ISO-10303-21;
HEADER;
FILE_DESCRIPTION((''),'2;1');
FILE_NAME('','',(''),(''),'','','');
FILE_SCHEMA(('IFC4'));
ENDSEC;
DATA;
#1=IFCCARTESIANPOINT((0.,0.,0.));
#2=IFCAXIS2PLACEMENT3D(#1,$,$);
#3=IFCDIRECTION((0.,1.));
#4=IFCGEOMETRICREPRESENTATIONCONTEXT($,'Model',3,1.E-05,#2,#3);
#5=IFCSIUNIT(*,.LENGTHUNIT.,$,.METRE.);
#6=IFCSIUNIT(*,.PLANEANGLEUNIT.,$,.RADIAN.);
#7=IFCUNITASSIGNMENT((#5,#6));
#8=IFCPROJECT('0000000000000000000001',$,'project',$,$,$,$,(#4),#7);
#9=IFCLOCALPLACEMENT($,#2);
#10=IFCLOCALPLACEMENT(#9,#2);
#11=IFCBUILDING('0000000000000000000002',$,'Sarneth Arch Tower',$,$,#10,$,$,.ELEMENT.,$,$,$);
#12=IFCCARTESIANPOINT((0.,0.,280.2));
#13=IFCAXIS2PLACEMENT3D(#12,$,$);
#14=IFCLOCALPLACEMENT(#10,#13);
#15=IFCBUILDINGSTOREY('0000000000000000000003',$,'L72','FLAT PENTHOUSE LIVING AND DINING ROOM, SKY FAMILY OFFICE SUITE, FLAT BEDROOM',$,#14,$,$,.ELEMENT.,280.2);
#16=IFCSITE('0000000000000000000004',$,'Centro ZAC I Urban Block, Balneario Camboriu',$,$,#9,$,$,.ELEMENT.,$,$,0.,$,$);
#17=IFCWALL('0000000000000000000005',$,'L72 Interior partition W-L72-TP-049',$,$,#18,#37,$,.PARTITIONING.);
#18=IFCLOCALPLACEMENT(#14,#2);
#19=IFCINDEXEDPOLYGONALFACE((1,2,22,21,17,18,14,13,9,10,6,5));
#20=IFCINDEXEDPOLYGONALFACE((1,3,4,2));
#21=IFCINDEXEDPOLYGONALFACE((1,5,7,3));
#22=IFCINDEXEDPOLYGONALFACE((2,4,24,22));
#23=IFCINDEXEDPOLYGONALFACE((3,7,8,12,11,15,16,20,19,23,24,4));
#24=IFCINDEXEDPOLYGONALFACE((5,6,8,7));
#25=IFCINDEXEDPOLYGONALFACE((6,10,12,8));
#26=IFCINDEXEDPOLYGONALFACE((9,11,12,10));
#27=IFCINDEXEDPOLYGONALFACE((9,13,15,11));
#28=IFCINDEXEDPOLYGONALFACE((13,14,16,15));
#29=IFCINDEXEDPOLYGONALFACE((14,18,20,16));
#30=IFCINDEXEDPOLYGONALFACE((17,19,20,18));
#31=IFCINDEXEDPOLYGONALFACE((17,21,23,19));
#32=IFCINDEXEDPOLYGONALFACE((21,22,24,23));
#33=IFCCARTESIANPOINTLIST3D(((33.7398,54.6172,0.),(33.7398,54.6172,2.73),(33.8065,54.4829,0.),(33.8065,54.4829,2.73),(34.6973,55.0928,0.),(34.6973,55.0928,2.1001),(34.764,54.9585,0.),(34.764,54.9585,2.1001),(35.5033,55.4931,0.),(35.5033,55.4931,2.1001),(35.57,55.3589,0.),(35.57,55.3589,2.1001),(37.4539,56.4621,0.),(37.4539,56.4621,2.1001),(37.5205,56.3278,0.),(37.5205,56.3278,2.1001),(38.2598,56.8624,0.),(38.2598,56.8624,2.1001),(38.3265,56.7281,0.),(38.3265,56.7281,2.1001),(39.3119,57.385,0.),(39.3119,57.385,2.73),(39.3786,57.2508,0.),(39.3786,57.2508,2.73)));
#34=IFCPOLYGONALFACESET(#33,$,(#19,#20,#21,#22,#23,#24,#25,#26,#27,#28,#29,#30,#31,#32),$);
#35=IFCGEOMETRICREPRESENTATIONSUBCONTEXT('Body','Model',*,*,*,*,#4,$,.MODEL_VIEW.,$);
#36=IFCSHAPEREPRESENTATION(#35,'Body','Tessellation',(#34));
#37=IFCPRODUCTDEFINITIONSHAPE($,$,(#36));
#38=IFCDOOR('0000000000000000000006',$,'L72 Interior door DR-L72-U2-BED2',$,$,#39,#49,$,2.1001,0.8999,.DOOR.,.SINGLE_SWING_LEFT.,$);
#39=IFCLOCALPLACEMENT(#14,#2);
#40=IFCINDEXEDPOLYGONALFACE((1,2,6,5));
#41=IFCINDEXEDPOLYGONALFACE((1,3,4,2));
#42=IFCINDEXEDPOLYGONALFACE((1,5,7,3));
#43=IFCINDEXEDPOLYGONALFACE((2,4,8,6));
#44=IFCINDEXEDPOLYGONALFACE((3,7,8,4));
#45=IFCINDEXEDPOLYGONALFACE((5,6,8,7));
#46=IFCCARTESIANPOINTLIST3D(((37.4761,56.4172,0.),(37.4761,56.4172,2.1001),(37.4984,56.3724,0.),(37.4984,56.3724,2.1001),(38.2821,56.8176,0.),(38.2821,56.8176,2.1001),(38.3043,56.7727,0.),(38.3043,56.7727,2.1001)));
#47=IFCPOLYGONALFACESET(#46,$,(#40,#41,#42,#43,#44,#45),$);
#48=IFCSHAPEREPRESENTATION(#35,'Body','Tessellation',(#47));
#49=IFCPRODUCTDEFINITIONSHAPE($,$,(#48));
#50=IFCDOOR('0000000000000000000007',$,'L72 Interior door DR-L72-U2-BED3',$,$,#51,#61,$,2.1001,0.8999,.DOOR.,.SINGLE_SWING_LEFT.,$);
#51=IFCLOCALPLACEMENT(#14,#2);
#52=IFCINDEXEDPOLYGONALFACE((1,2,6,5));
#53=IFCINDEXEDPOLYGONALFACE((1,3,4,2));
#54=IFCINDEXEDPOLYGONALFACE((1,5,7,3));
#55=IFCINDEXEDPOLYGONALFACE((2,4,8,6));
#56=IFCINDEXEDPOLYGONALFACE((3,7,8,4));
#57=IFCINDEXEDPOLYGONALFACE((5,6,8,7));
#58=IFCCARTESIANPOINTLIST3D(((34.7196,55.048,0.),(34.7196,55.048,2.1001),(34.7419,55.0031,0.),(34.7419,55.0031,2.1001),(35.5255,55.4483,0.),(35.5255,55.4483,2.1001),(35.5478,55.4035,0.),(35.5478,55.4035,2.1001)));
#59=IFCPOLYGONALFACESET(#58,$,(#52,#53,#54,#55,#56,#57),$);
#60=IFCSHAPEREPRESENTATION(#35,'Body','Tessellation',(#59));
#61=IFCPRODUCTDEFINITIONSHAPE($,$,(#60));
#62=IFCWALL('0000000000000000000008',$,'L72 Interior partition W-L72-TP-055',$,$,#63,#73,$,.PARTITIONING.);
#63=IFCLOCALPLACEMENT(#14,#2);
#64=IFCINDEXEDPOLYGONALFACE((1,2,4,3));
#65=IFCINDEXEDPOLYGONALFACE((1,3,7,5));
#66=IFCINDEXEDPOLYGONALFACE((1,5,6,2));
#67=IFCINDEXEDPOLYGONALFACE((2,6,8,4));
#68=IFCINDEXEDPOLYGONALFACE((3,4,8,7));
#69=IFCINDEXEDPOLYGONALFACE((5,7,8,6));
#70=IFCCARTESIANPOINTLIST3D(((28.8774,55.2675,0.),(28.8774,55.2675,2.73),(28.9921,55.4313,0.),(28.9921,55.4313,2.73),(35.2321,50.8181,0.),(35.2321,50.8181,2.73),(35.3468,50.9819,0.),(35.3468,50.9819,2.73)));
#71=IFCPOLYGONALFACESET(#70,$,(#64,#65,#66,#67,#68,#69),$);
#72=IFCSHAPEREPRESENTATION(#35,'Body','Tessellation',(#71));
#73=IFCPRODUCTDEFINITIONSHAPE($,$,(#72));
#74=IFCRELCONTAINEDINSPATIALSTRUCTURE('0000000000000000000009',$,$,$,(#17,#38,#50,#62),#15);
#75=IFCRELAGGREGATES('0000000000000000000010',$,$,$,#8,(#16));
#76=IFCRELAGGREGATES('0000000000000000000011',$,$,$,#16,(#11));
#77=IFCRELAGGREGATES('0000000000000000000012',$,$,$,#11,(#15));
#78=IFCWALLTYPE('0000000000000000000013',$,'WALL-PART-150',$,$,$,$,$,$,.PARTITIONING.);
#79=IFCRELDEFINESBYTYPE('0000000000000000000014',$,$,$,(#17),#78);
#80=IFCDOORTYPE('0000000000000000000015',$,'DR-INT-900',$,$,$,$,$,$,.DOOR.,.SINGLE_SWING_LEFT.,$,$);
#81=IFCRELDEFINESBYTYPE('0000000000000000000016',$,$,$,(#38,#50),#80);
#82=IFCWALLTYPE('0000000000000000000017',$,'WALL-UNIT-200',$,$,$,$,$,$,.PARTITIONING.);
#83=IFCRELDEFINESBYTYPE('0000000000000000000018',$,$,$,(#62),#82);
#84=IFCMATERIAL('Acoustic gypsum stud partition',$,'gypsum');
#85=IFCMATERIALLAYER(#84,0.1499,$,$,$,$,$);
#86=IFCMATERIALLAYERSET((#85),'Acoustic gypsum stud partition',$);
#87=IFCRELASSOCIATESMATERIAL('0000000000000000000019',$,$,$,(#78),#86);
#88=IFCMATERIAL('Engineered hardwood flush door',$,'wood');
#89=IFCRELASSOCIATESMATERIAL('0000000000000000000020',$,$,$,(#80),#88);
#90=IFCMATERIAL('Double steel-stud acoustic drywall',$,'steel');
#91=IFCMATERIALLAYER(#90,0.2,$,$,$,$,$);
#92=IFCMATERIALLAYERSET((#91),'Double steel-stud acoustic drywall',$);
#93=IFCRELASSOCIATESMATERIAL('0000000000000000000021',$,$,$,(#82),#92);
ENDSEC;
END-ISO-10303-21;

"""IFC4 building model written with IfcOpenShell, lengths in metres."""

from ifc_helpers import new_model, si_unit, direction, frame, frame_2d, origin, place, context, subcontext, project, spatial, rectangle, extrude, material, layer, layer_set, type_object, element, fill, save


model = new_model("IFC4")

# Units and contexts
model_context = context("Model", 3, precision=1e-05, world=origin(), true_north=direction((0.0, 1.0)))
body_context = subcontext(model_context, "Body", "Model", "MODEL_VIEW")
ifc_project = project(units=[si_unit("LENGTHUNIT", "METRE"), si_unit("PLANEANGLEUNIT", "RADIAN")], contexts=[model_context])

# Site, building, storey
site_placement = place(None, origin())
site = spatial("IfcSite", under=ifc_project, at=site_placement, Name="Centro ZAC I Urban Block, Balneario Camboriu", CompositionType="ELEMENT", RefElevation=0.0)
building_placement = place(site_placement, origin())
building = spatial("IfcBuilding", under=site, at=building_placement, Name="Sarneth Arch Tower", CompositionType="ELEMENT")
storey_placement = place(building_placement, frame((0.0, 0.0, 280.2)))
storey = spatial("IfcBuildingStorey", under=building, at=storey_placement, Name="L72", Description="FLAT PENTHOUSE LIVING AND DINING ROOM, SKY FAMILY OFFICE SUITE, FLAT BEDROOM", CompositionType="ELEMENT", Elevation=280.2)

# Wall, openings, doors
ifc_material_1 = material(Name="Acoustic gypsum stud partition", Category="gypsum")
ifc_layer_1 = layer(ifc_material_1, 0.1499)
ifc_layer_set_1 = layer_set([ifc_layer_1], Name="Acoustic gypsum stud partition")
wall_type_1 = type_object("IfcWallType", Name="WALL-PART-150", PredefinedType="PARTITIONING", material=ifc_layer_set_1)
wall_1_placement = place(storey_placement, frame((33.7732, 54.55, 0.0), z_axis=(0.0, 0.0, 1.0), x_axis=(0.895594, 0.444873, 0.0)))
wall_1 = element("IfcWall", 1, at=wall_1_placement, inside=storey, type_object=wall_type_1, Name="L72 Interior partition W-L72-TP-049", PredefinedType="PARTITIONING", context=body_context, shape_type="SweptSolid", body=[
    extrude(rectangle(XDim=6.2217, YDim=0.1499, at=frame_2d((3.1108, 0.0))), origin(), (0.0, 0.0, 1.0), 2.73),
])
opening_1_placement = place(wall_1_placement, frame((4.147, 0.0, 0.0)))
opening_1 = element("IfcOpeningElement", 2, at=opening_1_placement, cuts=wall_1, PredefinedType="OPENING", context=body_context, shape_type="SweptSolid", body=[
    extrude(rectangle(XDim=0.8999, YDim=2.1001, at=frame_2d((0.45, 1.05))), frame((0.0, 0.085, 0.0), z_axis=(0.0, -1.0, 0.0), x_axis=(1.0, 0.0, 0.0)), (0.0, 0.0, 1.0), 0.1699),
])
opening_2_placement = place(wall_1_placement, frame((1.0691, 0.0, 0.0)))
opening_2 = element("IfcOpeningElement", 3, at=opening_2_placement, cuts=wall_1, PredefinedType="OPENING", context=body_context, shape_type="SweptSolid", body=[
    extrude(rectangle(XDim=0.8999, YDim=2.1001, at=frame_2d((0.45, 1.05))), frame((0.0, 0.085, 0.0), z_axis=(0.0, -1.0, 0.0), x_axis=(1.0, 0.0, 0.0)), (0.0, 0.0, 1.0), 0.1699),
])
ifc_material_2 = material(Name="Engineered hardwood flush door", Category="wood")
door_type_1 = type_object("IfcDoorType", Name="DR-INT-900", OperationType="SINGLE_SWING_LEFT", PredefinedType="DOOR", material=ifc_material_2)
door_1_placement = place(opening_1_placement, origin())
door_1 = element("IfcDoor", 4, at=door_1_placement, inside=storey, type_object=door_type_1, Name="L72 Interior door DR-L72-U2-BED2", OperationType="SINGLE_SWING_LEFT", OverallHeight=2.1001, OverallWidth=0.8999, PredefinedType="DOOR", context=body_context, shape_type="SweptSolid", body=[
    extrude(rectangle(XDim=0.8999, YDim=2.1001, at=frame_2d((0.45, 1.05))), frame((0.0, 0.0249, 0.0), z_axis=(0.0, -1.0, 0.0), x_axis=(1.0, 0.0, 0.0)), (0.0, 0.0, 1.0), 0.05),
])
fill(opening_1, door_1)
door_2_placement = place(opening_2_placement, origin())
door_2 = element("IfcDoor", 5, at=door_2_placement, inside=storey, type_object=door_type_1, Name="L72 Interior door DR-L72-U2-BED3", OperationType="SINGLE_SWING_LEFT", OverallHeight=2.1001, OverallWidth=0.8999, PredefinedType="DOOR", context=body_context, shape_type="SweptSolid", body=[
    extrude(rectangle(XDim=0.8999, YDim=2.1001, at=frame_2d((0.45, 1.05))), frame((0.0, 0.0249, 0.0), z_axis=(0.0, -1.0, 0.0), x_axis=(1.0, 0.0, 0.0)), (0.0, 0.0, 1.0), 0.05),
])
fill(opening_2, door_2)

# Wall
ifc_material_3 = material(Name="Double steel-stud acoustic drywall", Category="steel")
ifc_layer_2 = layer(ifc_material_3, 0.2)
ifc_layer_set_2 = layer_set([ifc_layer_2], Name="Double steel-stud acoustic drywall")
wall_type_2 = type_object("IfcWallType", Name="WALL-UNIT-200", PredefinedType="PARTITIONING", material=ifc_layer_set_2)
wall_2_placement = place(storey_placement, frame((35.2896, 50.8999, 0.0), z_axis=(0.0, 0.0, 1.0), x_axis=(-0.819162, 0.573562, 0.0)))
element("IfcWall", 6, at=wall_2_placement, inside=storey, type_object=wall_type_2, Name="L72 Interior partition W-L72-TP-055", PredefinedType="PARTITIONING", context=body_context, shape_type="SweptSolid", body=[
    extrude(rectangle(XDim=7.7576, YDim=0.2, at=frame_2d((3.8789, 0.0))), origin(), (0.0, 0.0, 1.0), 2.73),
])

save(model, "model.ifc")
